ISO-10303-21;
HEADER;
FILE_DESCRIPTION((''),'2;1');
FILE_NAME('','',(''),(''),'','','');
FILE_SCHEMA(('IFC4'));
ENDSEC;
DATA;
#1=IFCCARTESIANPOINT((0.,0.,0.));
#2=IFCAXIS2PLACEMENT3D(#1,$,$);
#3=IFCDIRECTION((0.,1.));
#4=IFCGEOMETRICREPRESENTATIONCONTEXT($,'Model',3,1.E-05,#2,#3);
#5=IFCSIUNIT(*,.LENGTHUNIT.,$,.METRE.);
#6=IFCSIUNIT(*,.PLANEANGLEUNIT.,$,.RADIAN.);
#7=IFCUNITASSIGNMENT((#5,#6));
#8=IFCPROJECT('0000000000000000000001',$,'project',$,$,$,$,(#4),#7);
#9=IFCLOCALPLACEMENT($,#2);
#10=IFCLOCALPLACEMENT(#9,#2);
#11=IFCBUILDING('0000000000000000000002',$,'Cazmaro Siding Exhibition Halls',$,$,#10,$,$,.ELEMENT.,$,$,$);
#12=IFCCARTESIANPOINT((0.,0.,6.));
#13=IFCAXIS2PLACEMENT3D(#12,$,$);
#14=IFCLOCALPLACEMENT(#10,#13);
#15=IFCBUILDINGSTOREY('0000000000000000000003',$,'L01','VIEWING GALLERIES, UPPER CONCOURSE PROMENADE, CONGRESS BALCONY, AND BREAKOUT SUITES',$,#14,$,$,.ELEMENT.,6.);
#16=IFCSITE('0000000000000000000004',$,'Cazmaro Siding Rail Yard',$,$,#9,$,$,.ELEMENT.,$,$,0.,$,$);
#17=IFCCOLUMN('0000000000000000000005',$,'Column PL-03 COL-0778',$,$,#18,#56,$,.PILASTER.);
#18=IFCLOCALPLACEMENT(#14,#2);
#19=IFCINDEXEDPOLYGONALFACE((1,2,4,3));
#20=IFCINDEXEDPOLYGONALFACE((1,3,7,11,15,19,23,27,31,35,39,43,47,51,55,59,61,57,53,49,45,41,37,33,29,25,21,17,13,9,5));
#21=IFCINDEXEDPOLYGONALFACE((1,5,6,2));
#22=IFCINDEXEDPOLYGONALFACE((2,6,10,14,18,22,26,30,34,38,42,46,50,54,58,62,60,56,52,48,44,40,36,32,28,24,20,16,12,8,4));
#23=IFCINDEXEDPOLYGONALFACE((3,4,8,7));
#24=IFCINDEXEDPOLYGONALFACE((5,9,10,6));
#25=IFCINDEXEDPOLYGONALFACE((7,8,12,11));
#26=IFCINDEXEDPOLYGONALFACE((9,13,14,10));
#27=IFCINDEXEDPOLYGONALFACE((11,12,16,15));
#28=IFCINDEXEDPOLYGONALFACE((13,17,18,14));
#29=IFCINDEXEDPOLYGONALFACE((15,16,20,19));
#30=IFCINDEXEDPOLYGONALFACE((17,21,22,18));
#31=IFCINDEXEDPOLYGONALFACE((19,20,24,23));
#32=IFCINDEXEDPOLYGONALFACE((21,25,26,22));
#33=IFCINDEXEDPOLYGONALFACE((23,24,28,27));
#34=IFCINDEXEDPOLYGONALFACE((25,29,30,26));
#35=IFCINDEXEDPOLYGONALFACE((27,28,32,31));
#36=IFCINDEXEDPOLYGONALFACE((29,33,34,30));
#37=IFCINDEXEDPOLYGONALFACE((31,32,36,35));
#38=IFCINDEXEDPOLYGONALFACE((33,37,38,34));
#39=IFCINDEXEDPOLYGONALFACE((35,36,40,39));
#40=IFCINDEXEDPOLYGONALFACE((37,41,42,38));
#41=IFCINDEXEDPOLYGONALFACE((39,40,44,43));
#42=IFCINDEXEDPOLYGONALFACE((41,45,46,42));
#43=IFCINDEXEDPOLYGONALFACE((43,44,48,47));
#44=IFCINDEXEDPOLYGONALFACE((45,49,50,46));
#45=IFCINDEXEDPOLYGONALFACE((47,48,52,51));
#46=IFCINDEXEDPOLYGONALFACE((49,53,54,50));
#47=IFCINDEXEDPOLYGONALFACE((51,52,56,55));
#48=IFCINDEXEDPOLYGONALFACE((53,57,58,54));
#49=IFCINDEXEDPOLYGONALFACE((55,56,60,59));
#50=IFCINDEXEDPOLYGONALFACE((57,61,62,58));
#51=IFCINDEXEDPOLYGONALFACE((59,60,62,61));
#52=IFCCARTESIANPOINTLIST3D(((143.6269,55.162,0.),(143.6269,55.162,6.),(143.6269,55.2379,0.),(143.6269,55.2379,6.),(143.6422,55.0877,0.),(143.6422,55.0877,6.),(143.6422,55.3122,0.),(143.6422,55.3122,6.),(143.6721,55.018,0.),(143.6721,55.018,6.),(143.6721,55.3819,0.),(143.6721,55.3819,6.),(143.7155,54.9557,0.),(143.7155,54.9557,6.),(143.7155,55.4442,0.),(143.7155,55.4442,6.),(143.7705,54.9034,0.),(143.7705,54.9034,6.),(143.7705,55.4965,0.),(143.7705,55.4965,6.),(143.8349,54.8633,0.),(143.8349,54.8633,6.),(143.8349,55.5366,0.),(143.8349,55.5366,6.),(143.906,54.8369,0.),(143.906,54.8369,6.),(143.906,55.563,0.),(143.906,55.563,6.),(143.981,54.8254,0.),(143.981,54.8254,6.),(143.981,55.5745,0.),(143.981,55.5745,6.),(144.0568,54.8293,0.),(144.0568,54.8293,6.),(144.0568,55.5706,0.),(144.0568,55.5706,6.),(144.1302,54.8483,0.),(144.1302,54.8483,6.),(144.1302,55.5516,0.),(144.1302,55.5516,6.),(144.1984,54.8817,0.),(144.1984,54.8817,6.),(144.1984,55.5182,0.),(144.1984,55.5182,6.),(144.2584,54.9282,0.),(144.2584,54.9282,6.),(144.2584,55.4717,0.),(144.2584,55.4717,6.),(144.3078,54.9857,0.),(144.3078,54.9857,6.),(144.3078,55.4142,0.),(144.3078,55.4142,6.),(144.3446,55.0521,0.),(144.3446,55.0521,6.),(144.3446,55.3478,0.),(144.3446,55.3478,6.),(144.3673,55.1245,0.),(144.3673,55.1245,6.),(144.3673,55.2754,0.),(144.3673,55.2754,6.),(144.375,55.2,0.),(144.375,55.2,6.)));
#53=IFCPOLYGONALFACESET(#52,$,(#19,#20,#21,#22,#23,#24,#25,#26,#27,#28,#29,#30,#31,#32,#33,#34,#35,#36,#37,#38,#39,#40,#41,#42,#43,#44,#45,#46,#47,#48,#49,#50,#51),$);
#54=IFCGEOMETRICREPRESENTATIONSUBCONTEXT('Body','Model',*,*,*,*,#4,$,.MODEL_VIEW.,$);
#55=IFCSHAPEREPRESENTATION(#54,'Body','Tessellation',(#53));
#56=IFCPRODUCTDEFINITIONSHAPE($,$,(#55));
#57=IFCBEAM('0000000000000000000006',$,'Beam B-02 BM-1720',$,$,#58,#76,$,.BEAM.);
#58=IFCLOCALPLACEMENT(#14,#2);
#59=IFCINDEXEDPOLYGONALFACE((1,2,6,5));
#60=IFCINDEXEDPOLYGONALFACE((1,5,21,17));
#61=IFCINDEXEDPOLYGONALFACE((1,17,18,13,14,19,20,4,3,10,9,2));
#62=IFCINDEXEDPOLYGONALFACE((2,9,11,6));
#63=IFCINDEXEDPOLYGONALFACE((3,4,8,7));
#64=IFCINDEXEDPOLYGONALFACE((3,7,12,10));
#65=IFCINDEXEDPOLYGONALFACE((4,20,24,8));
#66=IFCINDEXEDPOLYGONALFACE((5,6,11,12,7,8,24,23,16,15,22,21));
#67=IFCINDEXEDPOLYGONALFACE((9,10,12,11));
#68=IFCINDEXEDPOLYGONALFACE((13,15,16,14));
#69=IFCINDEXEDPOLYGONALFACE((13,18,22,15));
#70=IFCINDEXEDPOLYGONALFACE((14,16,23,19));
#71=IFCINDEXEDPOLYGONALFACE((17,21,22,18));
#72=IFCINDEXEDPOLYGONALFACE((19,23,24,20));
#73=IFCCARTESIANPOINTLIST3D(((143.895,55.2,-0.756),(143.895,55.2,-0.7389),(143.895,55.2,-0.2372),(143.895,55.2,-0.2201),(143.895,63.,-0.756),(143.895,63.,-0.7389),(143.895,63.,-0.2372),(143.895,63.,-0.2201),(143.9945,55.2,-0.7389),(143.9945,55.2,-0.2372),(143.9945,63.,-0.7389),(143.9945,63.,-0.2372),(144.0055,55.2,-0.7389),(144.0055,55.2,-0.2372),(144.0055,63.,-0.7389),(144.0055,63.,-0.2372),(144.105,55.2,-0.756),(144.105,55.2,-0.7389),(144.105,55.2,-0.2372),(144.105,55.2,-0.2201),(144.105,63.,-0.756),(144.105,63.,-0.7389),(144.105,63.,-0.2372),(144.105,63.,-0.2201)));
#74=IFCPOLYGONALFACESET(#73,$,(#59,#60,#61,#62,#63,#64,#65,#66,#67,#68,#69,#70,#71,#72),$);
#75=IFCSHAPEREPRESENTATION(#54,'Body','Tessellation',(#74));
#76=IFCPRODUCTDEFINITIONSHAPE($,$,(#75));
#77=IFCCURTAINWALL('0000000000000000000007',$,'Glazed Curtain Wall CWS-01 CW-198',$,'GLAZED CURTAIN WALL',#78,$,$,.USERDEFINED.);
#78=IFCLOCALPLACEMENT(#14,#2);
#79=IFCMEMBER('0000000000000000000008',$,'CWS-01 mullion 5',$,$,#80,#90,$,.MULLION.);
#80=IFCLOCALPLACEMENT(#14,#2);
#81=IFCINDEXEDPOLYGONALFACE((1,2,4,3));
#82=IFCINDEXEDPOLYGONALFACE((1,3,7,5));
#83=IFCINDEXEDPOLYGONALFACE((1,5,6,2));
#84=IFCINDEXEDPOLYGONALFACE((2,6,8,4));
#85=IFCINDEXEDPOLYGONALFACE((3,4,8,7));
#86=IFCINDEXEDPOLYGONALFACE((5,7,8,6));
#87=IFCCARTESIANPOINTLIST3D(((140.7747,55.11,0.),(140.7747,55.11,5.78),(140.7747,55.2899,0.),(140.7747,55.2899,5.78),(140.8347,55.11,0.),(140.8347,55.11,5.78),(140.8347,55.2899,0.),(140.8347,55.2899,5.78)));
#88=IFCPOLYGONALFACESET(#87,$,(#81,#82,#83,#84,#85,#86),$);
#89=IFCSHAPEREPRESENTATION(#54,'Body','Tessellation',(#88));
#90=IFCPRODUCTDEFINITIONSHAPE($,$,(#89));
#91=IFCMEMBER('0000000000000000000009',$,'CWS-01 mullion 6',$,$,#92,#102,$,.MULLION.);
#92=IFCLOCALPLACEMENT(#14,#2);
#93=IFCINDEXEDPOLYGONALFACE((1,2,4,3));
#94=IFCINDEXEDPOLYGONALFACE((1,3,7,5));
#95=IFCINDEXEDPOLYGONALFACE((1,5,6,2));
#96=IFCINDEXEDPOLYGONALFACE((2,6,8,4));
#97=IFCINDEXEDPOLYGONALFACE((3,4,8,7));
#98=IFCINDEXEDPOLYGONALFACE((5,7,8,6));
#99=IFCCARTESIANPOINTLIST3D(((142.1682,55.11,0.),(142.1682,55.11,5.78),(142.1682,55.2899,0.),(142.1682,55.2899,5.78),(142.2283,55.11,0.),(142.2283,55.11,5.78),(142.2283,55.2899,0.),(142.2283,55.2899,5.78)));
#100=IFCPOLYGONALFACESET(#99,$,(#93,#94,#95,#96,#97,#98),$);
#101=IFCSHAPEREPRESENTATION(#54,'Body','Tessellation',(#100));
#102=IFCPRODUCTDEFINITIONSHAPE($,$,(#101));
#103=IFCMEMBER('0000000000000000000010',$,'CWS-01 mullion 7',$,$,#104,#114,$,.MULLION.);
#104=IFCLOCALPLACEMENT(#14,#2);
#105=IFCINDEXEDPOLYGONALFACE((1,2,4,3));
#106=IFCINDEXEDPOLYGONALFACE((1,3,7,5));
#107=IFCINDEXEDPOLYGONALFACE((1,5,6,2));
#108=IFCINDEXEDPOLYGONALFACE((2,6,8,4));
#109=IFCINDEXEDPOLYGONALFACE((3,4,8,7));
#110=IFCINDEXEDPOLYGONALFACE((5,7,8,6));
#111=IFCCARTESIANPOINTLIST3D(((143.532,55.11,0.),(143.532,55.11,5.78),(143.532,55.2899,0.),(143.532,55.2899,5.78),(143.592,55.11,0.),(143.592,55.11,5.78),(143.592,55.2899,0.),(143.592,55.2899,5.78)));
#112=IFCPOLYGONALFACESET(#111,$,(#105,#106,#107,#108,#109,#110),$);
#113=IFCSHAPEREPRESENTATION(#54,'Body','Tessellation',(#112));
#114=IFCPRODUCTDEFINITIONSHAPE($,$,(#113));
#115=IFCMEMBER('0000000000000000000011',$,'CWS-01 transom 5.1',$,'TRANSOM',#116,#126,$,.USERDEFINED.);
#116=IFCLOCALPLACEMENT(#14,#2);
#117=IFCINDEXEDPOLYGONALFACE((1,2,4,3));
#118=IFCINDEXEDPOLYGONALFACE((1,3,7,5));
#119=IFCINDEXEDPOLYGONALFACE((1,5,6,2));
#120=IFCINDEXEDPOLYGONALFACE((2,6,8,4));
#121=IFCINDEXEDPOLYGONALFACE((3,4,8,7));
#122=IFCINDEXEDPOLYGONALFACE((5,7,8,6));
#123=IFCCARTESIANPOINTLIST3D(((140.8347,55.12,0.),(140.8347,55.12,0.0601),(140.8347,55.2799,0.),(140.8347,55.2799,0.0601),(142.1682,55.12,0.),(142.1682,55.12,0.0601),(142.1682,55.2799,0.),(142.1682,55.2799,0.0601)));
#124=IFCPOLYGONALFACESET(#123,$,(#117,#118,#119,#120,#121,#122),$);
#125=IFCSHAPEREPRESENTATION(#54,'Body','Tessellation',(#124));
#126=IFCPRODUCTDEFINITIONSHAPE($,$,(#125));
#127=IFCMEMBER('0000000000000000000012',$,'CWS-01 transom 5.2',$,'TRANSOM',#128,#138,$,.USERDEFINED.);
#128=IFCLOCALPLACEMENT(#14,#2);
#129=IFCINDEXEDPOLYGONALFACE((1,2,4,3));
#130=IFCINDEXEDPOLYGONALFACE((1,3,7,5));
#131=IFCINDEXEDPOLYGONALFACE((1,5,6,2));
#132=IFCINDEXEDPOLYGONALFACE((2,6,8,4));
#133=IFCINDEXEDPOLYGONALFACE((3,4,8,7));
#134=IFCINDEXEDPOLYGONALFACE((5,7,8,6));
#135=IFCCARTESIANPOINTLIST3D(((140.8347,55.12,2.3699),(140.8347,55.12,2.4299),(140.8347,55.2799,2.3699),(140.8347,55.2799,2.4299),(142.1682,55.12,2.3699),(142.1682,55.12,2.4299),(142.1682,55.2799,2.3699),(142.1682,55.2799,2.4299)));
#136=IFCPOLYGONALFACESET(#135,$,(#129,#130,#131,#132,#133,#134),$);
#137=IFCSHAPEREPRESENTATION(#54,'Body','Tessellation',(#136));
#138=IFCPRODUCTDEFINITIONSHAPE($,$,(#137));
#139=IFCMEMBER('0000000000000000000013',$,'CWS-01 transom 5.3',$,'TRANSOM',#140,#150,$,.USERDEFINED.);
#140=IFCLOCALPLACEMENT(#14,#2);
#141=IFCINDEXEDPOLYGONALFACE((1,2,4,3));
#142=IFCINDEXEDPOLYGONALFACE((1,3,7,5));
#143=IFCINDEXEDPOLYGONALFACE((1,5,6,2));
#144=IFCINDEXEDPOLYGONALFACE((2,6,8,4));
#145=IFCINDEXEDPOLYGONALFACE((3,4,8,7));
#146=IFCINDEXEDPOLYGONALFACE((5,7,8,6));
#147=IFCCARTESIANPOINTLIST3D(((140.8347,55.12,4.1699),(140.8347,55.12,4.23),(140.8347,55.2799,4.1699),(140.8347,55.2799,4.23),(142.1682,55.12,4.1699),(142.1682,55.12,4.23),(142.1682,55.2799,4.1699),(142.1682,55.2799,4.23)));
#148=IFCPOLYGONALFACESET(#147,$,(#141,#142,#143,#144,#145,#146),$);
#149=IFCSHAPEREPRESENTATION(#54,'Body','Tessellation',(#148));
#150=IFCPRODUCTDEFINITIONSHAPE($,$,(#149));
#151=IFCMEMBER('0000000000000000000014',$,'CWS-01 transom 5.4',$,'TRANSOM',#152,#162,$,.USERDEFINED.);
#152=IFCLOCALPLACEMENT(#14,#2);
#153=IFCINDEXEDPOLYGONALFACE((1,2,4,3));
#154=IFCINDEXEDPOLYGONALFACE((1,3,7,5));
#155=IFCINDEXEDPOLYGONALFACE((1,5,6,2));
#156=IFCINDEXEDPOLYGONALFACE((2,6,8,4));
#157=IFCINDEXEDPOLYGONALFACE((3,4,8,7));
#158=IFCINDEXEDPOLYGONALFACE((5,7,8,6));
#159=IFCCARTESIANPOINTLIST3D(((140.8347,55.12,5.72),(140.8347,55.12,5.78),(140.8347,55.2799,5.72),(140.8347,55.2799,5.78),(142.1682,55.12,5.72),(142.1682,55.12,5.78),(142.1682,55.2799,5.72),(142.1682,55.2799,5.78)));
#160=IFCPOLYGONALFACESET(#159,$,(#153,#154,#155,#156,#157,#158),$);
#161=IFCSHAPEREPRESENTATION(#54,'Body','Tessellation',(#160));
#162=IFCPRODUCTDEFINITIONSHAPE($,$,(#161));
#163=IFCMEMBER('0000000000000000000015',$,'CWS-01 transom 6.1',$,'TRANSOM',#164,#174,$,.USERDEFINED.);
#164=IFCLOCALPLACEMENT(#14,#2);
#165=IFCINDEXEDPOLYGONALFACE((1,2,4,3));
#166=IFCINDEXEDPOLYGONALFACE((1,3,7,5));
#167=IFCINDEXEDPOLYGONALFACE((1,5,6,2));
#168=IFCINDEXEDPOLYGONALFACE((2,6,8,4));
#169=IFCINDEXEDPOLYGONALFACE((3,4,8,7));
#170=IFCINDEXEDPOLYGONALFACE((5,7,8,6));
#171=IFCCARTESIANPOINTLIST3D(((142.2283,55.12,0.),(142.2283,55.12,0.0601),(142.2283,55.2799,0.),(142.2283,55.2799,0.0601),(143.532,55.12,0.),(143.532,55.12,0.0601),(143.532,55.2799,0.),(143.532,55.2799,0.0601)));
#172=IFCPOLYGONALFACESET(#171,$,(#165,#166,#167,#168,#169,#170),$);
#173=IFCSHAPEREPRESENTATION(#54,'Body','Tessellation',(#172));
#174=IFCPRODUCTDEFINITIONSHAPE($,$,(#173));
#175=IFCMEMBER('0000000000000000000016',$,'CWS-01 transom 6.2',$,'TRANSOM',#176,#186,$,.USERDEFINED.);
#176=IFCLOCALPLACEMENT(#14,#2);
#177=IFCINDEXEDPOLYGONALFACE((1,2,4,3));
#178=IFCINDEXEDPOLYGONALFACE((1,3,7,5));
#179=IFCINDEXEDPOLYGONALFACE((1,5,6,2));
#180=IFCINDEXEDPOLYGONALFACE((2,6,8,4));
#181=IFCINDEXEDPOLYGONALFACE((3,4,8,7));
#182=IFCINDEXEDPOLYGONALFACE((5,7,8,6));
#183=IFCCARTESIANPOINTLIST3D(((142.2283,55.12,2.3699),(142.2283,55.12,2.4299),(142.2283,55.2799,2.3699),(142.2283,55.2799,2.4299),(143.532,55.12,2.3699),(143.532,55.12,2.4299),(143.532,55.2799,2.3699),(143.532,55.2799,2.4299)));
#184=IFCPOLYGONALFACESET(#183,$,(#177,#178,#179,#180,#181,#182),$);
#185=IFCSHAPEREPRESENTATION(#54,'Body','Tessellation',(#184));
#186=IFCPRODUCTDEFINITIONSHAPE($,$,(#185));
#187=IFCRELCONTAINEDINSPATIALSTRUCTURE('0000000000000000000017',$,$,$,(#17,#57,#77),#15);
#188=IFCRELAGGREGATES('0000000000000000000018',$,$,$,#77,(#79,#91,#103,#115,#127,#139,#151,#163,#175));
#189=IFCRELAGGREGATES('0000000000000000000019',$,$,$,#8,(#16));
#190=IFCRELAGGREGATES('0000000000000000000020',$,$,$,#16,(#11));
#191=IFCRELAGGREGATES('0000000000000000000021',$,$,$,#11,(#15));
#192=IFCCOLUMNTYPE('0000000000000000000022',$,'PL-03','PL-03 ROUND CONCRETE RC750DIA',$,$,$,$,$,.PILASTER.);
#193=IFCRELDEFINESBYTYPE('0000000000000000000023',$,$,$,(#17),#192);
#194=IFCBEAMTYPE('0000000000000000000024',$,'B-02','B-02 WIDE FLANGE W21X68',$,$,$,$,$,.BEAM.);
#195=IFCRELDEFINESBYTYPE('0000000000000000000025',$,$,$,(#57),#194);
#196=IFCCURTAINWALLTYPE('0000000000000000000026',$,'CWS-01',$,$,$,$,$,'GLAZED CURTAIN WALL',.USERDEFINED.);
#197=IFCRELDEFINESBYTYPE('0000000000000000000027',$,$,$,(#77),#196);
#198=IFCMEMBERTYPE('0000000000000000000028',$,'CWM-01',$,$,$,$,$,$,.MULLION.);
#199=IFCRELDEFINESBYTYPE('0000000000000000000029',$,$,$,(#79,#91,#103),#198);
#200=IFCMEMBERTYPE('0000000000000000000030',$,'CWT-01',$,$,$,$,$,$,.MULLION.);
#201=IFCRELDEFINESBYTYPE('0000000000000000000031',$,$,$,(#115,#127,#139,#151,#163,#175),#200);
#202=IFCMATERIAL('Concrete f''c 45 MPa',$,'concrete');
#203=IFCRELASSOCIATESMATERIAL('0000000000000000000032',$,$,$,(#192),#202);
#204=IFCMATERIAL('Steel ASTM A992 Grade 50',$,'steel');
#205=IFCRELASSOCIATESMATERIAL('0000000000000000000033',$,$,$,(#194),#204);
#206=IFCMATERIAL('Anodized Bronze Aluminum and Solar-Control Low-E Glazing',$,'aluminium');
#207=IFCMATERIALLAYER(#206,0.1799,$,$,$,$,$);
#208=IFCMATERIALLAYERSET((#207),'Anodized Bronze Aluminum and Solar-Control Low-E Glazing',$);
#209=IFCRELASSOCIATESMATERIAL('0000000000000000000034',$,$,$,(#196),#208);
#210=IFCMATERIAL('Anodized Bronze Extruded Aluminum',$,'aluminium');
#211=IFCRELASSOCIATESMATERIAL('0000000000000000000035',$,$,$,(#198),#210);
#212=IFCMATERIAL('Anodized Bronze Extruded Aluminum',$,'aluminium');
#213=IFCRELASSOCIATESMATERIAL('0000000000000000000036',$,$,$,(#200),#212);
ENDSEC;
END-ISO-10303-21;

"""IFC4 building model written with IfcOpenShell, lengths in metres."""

from ifc_helpers import new_model, si_unit, direction, frame, origin, origin_2d, place, context, subcontext, project, spatial, rectangle, circle, i_section, extrude, material, layer, layer_set, material_profile, profile_set, type_object, element, aggregate, save


model = new_model("IFC4")

# Units and contexts
model_context = context("Model", 3, precision=1e-05, world=origin(), true_north=direction((0.0, 1.0)))
body_context = subcontext(model_context, "Body", "Model", "MODEL_VIEW")
ifc_project = project(units=[si_unit("LENGTHUNIT", "METRE"), si_unit("PLANEANGLEUNIT", "RADIAN")], contexts=[model_context])

# Site, building, storey
site_placement = place(None, origin())
site = spatial("IfcSite", under=ifc_project, at=site_placement, Name="Cazmaro Siding Rail Yard", CompositionType="ELEMENT", RefElevation=0.0)
building_placement = place(site_placement, origin())
building = spatial("IfcBuilding", under=site, at=building_placement, Name="Cazmaro Siding Exhibition Halls", CompositionType="ELEMENT")
storey_placement = place(building_placement, frame((0.0, 0.0, 6.0)))
storey = spatial("IfcBuildingStorey", under=building, at=storey_placement, Name="L01", Description="VIEWING GALLERIES, UPPER CONCOURSE PROMENADE, CONGRESS BALCONY, AND BREAKOUT SUITES", CompositionType="ELEMENT", Elevation=6.0)

# Column
ifc_material_1 = material(Name="Concrete f'c 45 MPa", Category="concrete")
ifc_material_profile_1 = material_profile(ifc_material_1, circle(Radius=0.375, at=origin_2d()), Name="RC750DIA")
ifc_profile_set_1 = profile_set([ifc_material_profile_1], Name="Concrete f'c 45 MPa")
column_type = type_object("IfcColumnType", Name="PL-03", Description="PL-03 ROUND CONCRETE RC750DIA", PredefinedType="PILASTER", material=ifc_profile_set_1)
column_placement = place(storey_placement, frame((144.0, 55.2, 0.0), z_axis=(0.0, 0.0, 1.0), x_axis=(1.0, 0.0, 0.0)))
element("IfcColumn", 1, at=column_placement, inside=storey, type_object=column_type, Name="Column PL-03 COL-0778", PredefinedType="PILASTER", context=body_context, shape_type="SweptSolid", body=[
    extrude(circle(Radius=0.375, at=origin_2d()), origin(), (0.0, 0.0, 1.0), 6.0),
])

# Beam
ifc_material_2 = material(Name="Steel ASTM A992 Grade 50", Category="steel")
ifc_material_profile_2 = material_profile(ifc_material_2, i_section(OverallWidth=0.21, OverallDepth=0.5359, WebThickness=0.011, FlangeThickness=0.0171, at=origin_2d()), Name="W21X68")
ifc_profile_set_2 = profile_set([ifc_material_profile_2], Name="Steel ASTM A992 Grade 50")
beam_type_1 = type_object("IfcBeamType", Name="B-02", Description="B-02 WIDE FLANGE W21X68", PredefinedType="BEAM", material=ifc_profile_set_2)
beam_1_placement = place(storey_placement, frame((144.0, 55.2, -0.488), z_axis=(0.0, 1.0, 0.0), x_axis=(-1.0, 0.0, 0.0)))
element("IfcBeam", 2, at=beam_1_placement, inside=storey, type_object=beam_type_1, Name="Beam B-02 BM-1720", PredefinedType="BEAM", context=body_context, shape_type="SweptSolid", body=[
    extrude(i_section(OverallWidth=0.21, OverallDepth=0.5359, WebThickness=0.011, FlangeThickness=0.0171, at=origin_2d()), origin(), (0.0, 0.0, 1.0), 7.8),
])

# Curtain wall, members
ifc_material_3 = material(Name="Anodized Bronze Aluminum and Solar-Control Low-E Glazing", Category="aluminium")
ifc_layer_1 = layer(ifc_material_3, 0.1799)
ifc_layer_set_1 = layer_set([ifc_layer_1], Name="Anodized Bronze Aluminum and Solar-Control Low-E Glazing")
curtain_wall_type = type_object("IfcCurtainWallType", Name="CWS-01", ElementType="GLAZED CURTAIN WALL", PredefinedType="USERDEFINED", material=ifc_layer_set_1)
curtain_wall_placement = place(storey_placement, origin())
curtain_wall = element("IfcCurtainWall", 3, at=curtain_wall_placement, inside=storey, type_object=curtain_wall_type, Name="Glazed Curtain Wall CWS-01 CW-198", ObjectType="GLAZED CURTAIN WALL", PredefinedType="USERDEFINED")
ifc_material_4 = material(Name="Anodized Bronze Extruded Aluminum", Category="aluminium")
ifc_material_profile_3 = material_profile(ifc_material_4, rectangle(XDim=0.1799, YDim=0.0601, at=origin_2d()), Name="CWM-01")
ifc_profile_set_3 = profile_set([ifc_material_profile_3], Name="Anodized Bronze Extruded Aluminum")
member_type_1 = type_object("IfcMemberType", Name="CWM-01", PredefinedType="MULLION", material=ifc_profile_set_3)
member_1_placement = place(storey_placement, frame((140.8047, 55.2, 0.0), z_axis=(0.0, 0.0, 1.0), x_axis=(0.0, 1.0, 0.0)))
member_1 = element("IfcMember", 4, at=member_1_placement, type_object=member_type_1, Name="CWS-01 mullion 5", PredefinedType="MULLION", context=body_context, shape_type="SweptSolid", body=[
    extrude(rectangle(XDim=0.1799, YDim=0.0601, at=origin_2d()), origin(), (0.0, 0.0, 1.0), 5.78),
])
member_2_placement = place(storey_placement, frame((142.1982, 55.2, 0.0), z_axis=(0.0, 0.0, 1.0), x_axis=(0.0, 1.0, 0.0)))
member_2 = element("IfcMember", 5, at=member_2_placement, type_object=member_type_1, Name="CWS-01 mullion 6", PredefinedType="MULLION", context=body_context, shape_type="SweptSolid", body=[
    extrude(rectangle(XDim=0.1799, YDim=0.0601, at=origin_2d()), origin(), (0.0, 0.0, 1.0), 5.78),
])
member_3_placement = place(storey_placement, frame((143.562, 55.2, 0.0), z_axis=(0.0, 0.0, 1.0), x_axis=(0.0, 1.0, 0.0)))
member_3 = element("IfcMember", 6, at=member_3_placement, type_object=member_type_1, Name="CWS-01 mullion 7", PredefinedType="MULLION", context=body_context, shape_type="SweptSolid", body=[
    extrude(rectangle(XDim=0.1799, YDim=0.0601, at=origin_2d()), origin(), (0.0, 0.0, 1.0), 5.78),
])
ifc_material_5 = material(Name="Anodized Bronze Extruded Aluminum", Category="aluminium")
ifc_material_profile_4 = material_profile(ifc_material_5, rectangle(XDim=0.1599, YDim=0.0601, at=origin_2d()), Name="CWT-01")
ifc_profile_set_4 = profile_set([ifc_material_profile_4], Name="Anodized Bronze Extruded Aluminum")
member_type_2 = type_object("IfcMemberType", Name="CWT-01", PredefinedType="MULLION", material=ifc_profile_set_4)
member_4_placement = place(storey_placement, frame((140.8347, 55.2, 0.03), z_axis=(1.0, 0.0, 0.0), x_axis=(0.0, 1.0, 0.0)))
member_4 = element("IfcMember", 7, at=member_4_placement, type_object=member_type_2, Name="CWS-01 transom 5.1", ObjectType="TRANSOM", PredefinedType="USERDEFINED", context=body_context, shape_type="SweptSolid", body=[
    extrude(rectangle(XDim=0.1599, YDim=0.0601, at=origin_2d()), origin(), (0.0, 0.0, 1.0), 1.3335),
])
member_5_placement = place(storey_placement, frame((140.8347, 55.2, 2.3999), z_axis=(1.0, 0.0, 0.0), x_axis=(0.0, 1.0, 0.0)))
member_5 = element("IfcMember", 8, at=member_5_placement, type_object=member_type_2, Name="CWS-01 transom 5.2", ObjectType="TRANSOM", PredefinedType="USERDEFINED", context=body_context, shape_type="SweptSolid", body=[
    extrude(rectangle(XDim=0.1599, YDim=0.0601, at=origin_2d()), origin(), (0.0, 0.0, 1.0), 1.3335),
])
member_6_placement = place(storey_placement, frame((140.8347, 55.2, 4.2), z_axis=(1.0, 0.0, 0.0), x_axis=(0.0, 1.0, 0.0)))
member_6 = element("IfcMember", 9, at=member_6_placement, type_object=member_type_2, Name="CWS-01 transom 5.3", ObjectType="TRANSOM", PredefinedType="USERDEFINED", context=body_context, shape_type="SweptSolid", body=[
    extrude(rectangle(XDim=0.1599, YDim=0.0601, at=origin_2d()), origin(), (0.0, 0.0, 1.0), 1.3335),
])
member_7_placement = place(storey_placement, frame((140.8347, 55.2, 5.75), z_axis=(1.0, 0.0, 0.0), x_axis=(0.0, 1.0, 0.0)))
member_7 = element("IfcMember", 10, at=member_7_placement, type_object=member_type_2, Name="CWS-01 transom 5.4", ObjectType="TRANSOM", PredefinedType="USERDEFINED", context=body_context, shape_type="SweptSolid", body=[
    extrude(rectangle(XDim=0.1599, YDim=0.0601, at=origin_2d()), origin(), (0.0, 0.0, 1.0), 1.3335),
])
member_8_placement = place(storey_placement, frame((142.2283, 55.2, 0.03), z_axis=(1.0, 0.0, 0.0), x_axis=(0.0, 1.0, 0.0)))
member_8 = element("IfcMember", 11, at=member_8_placement, type_object=member_type_2, Name="CWS-01 transom 6.1", ObjectType="TRANSOM", PredefinedType="USERDEFINED", context=body_context, shape_type="SweptSolid", body=[
    extrude(rectangle(XDim=0.1599, YDim=0.0601, at=origin_2d()), origin(), (0.0, 0.0, 1.0), 1.3037),
])
member_9_placement = place(storey_placement, frame((142.2283, 55.2, 2.3999), z_axis=(1.0, 0.0, 0.0), x_axis=(0.0, 1.0, 0.0)))
member_9 = element("IfcMember", 12, at=member_9_placement, type_object=member_type_2, Name="CWS-01 transom 6.2", ObjectType="TRANSOM", PredefinedType="USERDEFINED", context=body_context, shape_type="SweptSolid", body=[
    extrude(rectangle(XDim=0.1599, YDim=0.0601, at=origin_2d()), origin(), (0.0, 0.0, 1.0), 1.3037),
])

aggregate(curtain_wall, [member_1, member_2, member_3, member_4, member_5, member_6, member_7, member_8, member_9])

save(model, "model.ifc")
